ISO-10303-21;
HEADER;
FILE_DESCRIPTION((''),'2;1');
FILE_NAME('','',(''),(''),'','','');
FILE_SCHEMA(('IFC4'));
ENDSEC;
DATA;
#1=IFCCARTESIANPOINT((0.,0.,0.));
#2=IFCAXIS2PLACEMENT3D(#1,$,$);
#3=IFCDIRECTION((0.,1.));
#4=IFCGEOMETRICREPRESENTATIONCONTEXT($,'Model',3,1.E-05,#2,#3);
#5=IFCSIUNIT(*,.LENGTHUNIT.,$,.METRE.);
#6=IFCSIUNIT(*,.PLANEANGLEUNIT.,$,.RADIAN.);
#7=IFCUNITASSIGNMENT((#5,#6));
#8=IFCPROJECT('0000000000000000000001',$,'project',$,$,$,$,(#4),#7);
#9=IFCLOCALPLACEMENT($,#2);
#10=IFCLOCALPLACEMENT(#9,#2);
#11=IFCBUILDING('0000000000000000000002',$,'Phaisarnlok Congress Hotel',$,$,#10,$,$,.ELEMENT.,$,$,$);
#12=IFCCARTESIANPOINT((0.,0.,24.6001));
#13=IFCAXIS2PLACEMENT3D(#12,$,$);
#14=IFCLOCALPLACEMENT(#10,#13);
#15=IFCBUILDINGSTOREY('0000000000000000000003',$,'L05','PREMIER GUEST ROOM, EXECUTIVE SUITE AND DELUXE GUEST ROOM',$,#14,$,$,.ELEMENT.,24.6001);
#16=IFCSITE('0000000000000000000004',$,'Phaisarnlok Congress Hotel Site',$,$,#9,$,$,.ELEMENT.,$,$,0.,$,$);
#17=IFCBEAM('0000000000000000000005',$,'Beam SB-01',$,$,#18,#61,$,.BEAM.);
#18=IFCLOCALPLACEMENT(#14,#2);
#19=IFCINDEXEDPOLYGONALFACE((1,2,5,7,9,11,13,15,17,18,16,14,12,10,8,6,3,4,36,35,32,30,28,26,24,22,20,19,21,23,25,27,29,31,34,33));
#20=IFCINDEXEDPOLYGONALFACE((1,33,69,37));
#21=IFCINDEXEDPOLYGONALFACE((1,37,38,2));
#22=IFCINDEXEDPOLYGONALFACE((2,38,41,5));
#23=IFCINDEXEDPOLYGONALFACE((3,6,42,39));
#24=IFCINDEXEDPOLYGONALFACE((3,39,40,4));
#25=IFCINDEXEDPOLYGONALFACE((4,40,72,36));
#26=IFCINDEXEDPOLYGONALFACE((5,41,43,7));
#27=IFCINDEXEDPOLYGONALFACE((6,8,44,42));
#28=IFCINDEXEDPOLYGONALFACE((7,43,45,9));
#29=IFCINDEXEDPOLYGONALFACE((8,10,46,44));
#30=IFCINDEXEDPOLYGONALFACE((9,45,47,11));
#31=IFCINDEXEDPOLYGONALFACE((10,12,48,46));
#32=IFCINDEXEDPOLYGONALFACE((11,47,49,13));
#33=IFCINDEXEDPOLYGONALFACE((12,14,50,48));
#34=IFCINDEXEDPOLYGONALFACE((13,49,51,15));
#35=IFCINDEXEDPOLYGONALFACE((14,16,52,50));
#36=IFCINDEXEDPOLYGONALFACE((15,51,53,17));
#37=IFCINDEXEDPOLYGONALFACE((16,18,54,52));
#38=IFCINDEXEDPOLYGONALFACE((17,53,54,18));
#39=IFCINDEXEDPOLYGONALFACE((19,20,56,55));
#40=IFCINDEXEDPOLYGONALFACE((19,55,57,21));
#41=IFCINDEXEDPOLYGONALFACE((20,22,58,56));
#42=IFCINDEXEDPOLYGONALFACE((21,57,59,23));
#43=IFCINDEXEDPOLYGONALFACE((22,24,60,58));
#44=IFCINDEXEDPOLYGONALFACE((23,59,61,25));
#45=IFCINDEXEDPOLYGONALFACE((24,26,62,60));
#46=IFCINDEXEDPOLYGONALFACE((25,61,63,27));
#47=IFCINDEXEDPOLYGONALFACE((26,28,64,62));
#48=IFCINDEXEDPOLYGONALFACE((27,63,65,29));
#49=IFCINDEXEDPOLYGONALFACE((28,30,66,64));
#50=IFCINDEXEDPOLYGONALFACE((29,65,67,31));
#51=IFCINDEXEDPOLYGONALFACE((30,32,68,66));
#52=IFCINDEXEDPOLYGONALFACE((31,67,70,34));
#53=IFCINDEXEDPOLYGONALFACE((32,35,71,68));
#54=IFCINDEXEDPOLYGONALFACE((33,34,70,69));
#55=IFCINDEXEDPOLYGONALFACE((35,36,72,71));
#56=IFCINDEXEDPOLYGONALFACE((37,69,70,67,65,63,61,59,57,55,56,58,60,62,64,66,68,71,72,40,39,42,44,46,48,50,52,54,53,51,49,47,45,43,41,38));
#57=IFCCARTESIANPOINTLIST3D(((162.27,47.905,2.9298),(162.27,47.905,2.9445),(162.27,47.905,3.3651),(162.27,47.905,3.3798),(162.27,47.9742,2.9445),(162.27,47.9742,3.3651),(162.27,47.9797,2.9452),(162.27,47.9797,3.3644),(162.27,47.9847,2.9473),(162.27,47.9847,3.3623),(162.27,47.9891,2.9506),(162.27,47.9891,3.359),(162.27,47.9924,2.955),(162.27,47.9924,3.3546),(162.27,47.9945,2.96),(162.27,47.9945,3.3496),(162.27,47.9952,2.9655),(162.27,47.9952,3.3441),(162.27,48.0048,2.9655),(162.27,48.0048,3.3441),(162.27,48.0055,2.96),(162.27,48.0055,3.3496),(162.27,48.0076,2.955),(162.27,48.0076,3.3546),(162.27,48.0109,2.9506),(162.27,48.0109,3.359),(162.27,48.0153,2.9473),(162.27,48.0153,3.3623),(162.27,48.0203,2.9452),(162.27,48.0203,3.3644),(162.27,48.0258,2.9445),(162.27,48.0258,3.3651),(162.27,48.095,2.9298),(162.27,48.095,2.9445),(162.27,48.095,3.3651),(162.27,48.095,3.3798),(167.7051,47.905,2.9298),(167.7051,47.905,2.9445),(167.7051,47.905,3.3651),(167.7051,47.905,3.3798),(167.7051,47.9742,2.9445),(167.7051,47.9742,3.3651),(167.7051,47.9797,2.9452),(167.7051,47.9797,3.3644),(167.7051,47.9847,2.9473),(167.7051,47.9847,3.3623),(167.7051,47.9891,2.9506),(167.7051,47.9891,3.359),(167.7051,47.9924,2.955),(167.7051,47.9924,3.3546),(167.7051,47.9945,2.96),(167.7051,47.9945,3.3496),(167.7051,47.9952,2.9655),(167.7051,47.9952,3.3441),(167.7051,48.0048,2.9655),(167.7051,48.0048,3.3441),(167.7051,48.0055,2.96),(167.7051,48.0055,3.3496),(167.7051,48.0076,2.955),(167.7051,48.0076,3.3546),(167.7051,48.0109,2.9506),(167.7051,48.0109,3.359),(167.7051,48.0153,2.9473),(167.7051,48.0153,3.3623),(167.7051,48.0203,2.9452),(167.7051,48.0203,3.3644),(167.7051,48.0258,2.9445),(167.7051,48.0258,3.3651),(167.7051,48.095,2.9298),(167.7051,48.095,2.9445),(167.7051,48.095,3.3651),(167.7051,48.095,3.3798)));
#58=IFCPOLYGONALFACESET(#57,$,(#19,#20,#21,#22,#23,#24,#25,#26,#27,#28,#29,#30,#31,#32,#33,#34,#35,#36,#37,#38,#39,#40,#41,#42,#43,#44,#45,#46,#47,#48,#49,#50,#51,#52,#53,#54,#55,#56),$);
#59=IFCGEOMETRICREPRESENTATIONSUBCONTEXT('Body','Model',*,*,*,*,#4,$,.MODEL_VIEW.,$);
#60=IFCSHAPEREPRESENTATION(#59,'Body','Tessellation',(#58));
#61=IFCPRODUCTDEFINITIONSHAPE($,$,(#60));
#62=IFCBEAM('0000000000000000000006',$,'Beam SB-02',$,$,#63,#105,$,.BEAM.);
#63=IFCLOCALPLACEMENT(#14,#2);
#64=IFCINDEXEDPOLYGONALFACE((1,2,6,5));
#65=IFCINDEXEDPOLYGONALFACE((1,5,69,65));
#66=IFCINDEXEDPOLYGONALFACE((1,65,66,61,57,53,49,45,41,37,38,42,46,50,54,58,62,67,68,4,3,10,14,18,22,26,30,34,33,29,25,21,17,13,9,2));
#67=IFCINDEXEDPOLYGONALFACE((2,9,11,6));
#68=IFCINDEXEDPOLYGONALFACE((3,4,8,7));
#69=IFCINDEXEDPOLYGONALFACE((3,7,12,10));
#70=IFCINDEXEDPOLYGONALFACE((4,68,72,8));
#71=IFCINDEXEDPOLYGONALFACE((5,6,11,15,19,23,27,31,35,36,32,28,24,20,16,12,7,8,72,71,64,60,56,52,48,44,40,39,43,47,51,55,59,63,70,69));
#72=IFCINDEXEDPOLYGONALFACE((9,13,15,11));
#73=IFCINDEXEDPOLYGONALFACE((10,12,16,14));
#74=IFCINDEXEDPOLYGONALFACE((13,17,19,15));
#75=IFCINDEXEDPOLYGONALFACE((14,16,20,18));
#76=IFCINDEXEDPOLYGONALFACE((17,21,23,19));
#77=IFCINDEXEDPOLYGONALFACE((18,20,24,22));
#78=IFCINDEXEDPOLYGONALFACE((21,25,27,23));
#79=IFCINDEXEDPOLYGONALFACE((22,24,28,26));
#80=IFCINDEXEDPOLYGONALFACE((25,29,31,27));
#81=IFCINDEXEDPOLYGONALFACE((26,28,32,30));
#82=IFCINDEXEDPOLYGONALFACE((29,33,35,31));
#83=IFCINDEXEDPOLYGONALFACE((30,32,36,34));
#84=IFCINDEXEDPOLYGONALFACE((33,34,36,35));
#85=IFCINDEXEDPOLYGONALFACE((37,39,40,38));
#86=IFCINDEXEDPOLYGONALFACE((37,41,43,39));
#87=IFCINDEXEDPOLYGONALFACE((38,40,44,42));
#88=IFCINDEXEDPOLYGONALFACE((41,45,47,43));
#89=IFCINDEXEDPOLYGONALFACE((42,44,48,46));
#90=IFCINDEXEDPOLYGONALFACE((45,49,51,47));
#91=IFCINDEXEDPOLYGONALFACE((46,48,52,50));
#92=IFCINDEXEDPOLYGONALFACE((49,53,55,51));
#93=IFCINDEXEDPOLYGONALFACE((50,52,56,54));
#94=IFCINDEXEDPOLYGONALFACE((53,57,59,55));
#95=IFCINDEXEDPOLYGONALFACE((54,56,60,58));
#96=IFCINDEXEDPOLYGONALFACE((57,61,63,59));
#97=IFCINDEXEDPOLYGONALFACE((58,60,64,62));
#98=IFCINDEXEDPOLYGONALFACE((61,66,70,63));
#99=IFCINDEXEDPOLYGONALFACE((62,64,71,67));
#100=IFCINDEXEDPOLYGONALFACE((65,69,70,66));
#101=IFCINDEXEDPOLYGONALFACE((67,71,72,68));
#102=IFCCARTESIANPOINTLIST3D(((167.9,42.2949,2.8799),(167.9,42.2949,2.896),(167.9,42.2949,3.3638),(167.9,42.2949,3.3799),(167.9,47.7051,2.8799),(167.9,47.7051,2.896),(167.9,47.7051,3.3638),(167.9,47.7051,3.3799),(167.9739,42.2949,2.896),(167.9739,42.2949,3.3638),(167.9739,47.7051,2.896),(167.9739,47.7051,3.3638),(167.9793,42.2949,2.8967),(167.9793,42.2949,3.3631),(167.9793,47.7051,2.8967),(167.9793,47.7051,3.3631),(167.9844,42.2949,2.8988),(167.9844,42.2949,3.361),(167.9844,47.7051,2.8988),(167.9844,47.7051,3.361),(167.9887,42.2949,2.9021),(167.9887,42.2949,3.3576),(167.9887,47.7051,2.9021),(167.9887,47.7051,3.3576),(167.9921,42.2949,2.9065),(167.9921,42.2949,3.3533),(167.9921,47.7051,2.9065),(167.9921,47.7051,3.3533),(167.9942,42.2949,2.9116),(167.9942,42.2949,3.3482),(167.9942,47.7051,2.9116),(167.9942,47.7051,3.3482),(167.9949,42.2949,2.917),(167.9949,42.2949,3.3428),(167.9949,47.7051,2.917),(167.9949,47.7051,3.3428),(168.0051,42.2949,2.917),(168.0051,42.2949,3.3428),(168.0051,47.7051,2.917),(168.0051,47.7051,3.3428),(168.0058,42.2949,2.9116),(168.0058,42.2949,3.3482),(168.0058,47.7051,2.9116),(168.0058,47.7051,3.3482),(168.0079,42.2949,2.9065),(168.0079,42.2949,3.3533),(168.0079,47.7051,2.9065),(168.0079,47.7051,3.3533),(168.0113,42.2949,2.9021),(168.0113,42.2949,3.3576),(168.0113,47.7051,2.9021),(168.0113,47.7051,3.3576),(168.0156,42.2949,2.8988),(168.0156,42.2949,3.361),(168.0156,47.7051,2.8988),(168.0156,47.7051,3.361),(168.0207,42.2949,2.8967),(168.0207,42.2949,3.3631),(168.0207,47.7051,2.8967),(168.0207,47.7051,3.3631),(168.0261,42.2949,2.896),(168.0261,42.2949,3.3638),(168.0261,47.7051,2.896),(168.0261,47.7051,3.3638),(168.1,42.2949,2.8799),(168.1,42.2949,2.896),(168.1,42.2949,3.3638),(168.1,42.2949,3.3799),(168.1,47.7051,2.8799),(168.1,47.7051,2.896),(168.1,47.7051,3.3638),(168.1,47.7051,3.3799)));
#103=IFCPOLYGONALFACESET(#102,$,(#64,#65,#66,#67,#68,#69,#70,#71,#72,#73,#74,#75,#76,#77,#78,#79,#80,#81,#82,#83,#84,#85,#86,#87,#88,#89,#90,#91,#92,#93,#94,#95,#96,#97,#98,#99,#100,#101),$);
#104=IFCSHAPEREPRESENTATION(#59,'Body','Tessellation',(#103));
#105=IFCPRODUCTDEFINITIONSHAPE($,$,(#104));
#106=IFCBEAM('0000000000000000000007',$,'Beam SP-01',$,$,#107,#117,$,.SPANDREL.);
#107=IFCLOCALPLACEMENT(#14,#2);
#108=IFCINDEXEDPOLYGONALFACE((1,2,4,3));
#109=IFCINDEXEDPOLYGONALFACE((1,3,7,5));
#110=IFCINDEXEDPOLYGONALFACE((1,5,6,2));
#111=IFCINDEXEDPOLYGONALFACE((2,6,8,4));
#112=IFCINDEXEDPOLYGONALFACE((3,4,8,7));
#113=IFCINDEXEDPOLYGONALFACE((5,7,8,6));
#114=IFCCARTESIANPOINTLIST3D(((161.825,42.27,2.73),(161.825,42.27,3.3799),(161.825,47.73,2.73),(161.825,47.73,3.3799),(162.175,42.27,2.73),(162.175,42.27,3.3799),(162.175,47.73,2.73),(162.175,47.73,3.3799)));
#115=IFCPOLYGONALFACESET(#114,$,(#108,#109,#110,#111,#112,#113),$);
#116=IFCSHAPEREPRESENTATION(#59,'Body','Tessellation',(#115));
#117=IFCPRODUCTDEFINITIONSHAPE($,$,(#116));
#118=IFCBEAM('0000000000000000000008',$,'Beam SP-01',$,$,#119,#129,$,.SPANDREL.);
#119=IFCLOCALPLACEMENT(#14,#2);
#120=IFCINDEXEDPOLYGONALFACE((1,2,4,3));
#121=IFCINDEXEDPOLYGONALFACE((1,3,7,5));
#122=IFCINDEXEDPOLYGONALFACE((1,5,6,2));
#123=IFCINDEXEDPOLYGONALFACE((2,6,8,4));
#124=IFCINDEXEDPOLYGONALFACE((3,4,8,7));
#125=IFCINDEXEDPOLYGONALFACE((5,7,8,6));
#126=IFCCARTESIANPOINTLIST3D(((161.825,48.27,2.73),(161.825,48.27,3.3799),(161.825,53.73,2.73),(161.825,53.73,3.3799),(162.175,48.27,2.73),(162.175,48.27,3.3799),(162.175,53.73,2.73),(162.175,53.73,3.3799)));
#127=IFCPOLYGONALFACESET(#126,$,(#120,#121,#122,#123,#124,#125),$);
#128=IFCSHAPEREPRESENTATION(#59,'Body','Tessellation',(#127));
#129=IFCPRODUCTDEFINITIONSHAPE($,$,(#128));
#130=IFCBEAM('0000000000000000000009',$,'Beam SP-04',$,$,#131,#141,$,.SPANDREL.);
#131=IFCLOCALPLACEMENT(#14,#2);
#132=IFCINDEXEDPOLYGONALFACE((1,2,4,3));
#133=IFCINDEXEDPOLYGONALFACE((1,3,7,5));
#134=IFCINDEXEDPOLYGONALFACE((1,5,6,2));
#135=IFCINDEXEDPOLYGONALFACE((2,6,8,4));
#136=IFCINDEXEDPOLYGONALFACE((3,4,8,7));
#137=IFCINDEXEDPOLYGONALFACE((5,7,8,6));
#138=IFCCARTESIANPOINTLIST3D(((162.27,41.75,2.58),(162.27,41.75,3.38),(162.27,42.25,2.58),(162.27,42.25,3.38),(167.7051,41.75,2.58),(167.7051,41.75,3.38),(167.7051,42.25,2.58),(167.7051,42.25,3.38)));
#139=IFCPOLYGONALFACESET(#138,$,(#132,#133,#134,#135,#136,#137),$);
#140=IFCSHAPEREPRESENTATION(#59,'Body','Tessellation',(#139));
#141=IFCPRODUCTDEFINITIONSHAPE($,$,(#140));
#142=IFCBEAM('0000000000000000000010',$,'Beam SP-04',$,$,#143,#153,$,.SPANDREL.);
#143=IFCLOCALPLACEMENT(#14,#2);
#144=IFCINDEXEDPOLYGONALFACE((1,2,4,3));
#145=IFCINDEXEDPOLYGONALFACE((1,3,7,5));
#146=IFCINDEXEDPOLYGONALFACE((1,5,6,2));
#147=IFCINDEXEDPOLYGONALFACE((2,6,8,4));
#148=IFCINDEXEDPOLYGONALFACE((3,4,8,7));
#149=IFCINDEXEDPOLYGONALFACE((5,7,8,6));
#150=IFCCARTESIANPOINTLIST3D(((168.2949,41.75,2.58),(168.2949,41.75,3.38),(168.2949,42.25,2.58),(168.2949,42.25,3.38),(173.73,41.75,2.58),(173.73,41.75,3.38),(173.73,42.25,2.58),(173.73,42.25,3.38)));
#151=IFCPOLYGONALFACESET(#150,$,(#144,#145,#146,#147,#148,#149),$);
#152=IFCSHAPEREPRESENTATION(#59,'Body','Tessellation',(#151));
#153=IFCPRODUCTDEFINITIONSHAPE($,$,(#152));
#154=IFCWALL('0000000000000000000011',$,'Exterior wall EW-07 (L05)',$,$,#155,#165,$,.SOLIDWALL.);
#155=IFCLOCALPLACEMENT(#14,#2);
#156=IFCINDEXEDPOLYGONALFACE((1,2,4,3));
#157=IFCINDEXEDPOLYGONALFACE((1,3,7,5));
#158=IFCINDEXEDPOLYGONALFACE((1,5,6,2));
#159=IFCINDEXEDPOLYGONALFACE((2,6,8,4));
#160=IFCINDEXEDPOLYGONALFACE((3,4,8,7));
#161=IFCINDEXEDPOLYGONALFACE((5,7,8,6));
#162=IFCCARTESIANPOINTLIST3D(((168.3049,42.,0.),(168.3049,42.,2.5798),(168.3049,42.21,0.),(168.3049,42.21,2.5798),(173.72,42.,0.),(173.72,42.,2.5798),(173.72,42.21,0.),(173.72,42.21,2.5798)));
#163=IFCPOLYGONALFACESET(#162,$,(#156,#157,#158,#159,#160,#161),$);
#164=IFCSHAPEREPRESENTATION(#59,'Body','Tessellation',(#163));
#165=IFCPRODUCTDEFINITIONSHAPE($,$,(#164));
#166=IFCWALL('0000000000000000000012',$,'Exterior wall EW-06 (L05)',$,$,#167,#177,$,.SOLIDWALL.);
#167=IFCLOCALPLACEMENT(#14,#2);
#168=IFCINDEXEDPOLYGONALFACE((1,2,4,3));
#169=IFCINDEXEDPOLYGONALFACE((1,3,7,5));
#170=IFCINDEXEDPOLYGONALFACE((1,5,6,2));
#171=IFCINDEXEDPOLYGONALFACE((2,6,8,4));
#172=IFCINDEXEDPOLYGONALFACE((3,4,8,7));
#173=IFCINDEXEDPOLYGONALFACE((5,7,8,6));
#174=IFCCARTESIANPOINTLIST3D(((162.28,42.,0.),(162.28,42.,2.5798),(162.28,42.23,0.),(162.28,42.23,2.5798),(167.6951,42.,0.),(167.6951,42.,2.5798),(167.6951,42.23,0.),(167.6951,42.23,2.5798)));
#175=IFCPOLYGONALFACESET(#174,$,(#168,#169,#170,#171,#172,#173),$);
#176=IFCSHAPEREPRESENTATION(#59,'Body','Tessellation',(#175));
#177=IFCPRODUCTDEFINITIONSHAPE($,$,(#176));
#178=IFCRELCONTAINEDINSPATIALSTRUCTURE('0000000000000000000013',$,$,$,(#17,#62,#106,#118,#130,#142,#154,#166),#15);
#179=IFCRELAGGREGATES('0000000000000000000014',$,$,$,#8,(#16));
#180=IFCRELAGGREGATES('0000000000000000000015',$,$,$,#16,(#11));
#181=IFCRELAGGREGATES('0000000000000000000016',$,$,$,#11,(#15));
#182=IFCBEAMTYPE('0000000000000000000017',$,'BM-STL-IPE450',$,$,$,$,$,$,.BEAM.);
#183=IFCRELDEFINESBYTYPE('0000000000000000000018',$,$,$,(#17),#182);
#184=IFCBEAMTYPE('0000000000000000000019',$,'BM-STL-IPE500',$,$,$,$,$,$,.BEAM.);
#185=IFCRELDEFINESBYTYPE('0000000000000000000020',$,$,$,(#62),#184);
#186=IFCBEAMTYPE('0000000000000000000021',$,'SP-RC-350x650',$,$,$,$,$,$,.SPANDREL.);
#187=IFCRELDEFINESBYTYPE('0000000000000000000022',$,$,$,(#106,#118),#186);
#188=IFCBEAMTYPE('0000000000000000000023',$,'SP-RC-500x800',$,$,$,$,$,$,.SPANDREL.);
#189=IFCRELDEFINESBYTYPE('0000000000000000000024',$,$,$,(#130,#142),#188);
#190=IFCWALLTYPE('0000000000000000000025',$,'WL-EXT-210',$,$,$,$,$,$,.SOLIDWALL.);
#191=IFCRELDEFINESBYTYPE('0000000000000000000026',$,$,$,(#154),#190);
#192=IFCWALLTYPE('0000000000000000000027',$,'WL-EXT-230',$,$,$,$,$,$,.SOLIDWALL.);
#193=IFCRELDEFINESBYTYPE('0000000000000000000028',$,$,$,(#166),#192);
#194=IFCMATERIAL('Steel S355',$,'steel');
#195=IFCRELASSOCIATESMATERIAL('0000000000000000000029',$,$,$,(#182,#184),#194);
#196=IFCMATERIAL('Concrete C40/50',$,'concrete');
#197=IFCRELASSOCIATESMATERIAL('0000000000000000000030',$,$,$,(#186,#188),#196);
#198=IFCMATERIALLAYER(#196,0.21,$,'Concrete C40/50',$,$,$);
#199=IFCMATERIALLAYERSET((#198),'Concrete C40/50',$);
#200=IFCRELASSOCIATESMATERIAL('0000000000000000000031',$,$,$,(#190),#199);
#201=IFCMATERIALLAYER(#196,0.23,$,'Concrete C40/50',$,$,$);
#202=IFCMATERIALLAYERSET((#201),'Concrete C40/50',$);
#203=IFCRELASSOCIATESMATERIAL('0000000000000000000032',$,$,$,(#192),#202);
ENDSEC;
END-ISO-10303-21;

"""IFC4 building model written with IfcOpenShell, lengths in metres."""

from ifc_helpers import new_model, si_unit, direction, frame, frame_2d, origin, origin_2d, place, context, subcontext, project, spatial, rectangle, i_section, extrude, material, layer, layer_set, material_profile, profile_set, type_object, element, save


model = new_model("IFC4")

# Units and contexts
model_context = context("Model", 3, precision=1e-05, world=origin(), true_north=direction((0.0, 1.0)))
body_context = subcontext(model_context, "Body", "Model", "MODEL_VIEW")
ifc_project = project(units=[si_unit("LENGTHUNIT", "METRE"), si_unit("PLANEANGLEUNIT", "RADIAN")], contexts=[model_context])

# Site, building, storey
site_placement = place(None, origin())
site = spatial("IfcSite", under=ifc_project, at=site_placement, Name="Phaisarnlok Congress Hotel Site", CompositionType="ELEMENT", RefElevation=0.0)
building_placement = place(site_placement, origin())
building = spatial("IfcBuilding", under=site, at=building_placement, Name="Phaisarnlok Congress Hotel", CompositionType="ELEMENT")
storey_placement = place(building_placement, frame((0.0, 0.0, 24.6001)))
storey = spatial("IfcBuildingStorey", under=building, at=storey_placement, Name="L05", Description="PREMIER GUEST ROOM, EXECUTIVE SUITE AND DELUXE GUEST ROOM", CompositionType="ELEMENT", Elevation=24.6001)

# Beams
ifc_material_1 = material(Name="Steel S355", Category="steel")
ifc_material_profile_1 = material_profile(ifc_material_1, i_section(OverallWidth=0.1899, OverallDepth=0.45, WebThickness=0.0095, FlangeThickness=0.0146, FilletRadius=0.021, at=origin_2d()), Name="IPE 450")
ifc_profile_set_1 = profile_set([ifc_material_profile_1], Name="Steel S355")
beam_type_1 = type_object("IfcBeamType", Name="BM-STL-IPE450", PredefinedType="BEAM", material=ifc_profile_set_1)
beam_1_placement = place(storey_placement, frame((162.27, 48.0, 3.1548), z_axis=(1.0, 0.0, 0.0), x_axis=(0.0, 1.0, 0.0)))
element("IfcBeam", 1, at=beam_1_placement, inside=storey, type_object=beam_type_1, Name="Beam SB-01", PredefinedType="BEAM", context=body_context, shape_type="SweptSolid", body=[
    extrude(i_section(OverallWidth=0.1899, OverallDepth=0.45, WebThickness=0.0095, FlangeThickness=0.0146, FilletRadius=0.021, at=origin_2d()), origin(), (0.0, 0.0, 1.0), 5.4351),
])
ifc_material_profile_2 = material_profile(ifc_material_1, i_section(OverallWidth=0.2, OverallDepth=0.5, WebThickness=0.0103, FlangeThickness=0.0161, FilletRadius=0.021, at=origin_2d()), Name="IPE 500")
ifc_profile_set_2 = profile_set([ifc_material_profile_2], Name="Steel S355")
beam_type_2 = type_object("IfcBeamType", Name="BM-STL-IPE500", PredefinedType="BEAM", material=ifc_profile_set_2)
beam_2_placement = place(storey_placement, frame((168.0, 42.2949, 3.1299), z_axis=(0.0, 1.0, 0.0), x_axis=(-1.0, 0.0, 0.0)))
element("IfcBeam", 2, at=beam_2_placement, inside=storey, type_object=beam_type_2, Name="Beam SB-02", PredefinedType="BEAM", context=body_context, shape_type="SweptSolid", body=[
    extrude(i_section(OverallWidth=0.2, OverallDepth=0.5, WebThickness=0.0103, FlangeThickness=0.0161, FilletRadius=0.021, at=origin_2d()), origin(), (0.0, 0.0, 1.0), 5.4102),
])
ifc_material_2 = material(Name="Concrete C40/50", Category="concrete")
ifc_material_profile_3 = material_profile(ifc_material_2, rectangle(XDim=0.3501, YDim=0.6499, at=origin_2d()), Name="RC 350x650")
ifc_profile_set_3 = profile_set([ifc_material_profile_3], Name="Concrete C40/50")
beam_type_3 = type_object("IfcBeamType", Name="SP-RC-350x650", PredefinedType="SPANDREL", material=ifc_profile_set_3)
for number, where, z_axis, x_axis, name in (
    (3, (162.0, 42.27, 3.0549), (0.0, 1.0, 0.0), (-1.0, 0.0, 0.0), "Beam SP-01"),
    (4, (162.0, 48.27, 3.0549), (0.0, 1.0, 0.0), (-1.0, 0.0, 0.0), "Beam SP-01"),
):
    element("IfcBeam", number, at=place(storey_placement, frame(where, z_axis=z_axis, x_axis=x_axis)), inside=storey, type_object=beam_type_3, Name=name, PredefinedType="SPANDREL", context=body_context, shape_type="SweptSolid", body=[
        extrude(rectangle(XDim=0.3501, YDim=0.6499, at=origin_2d()), origin(), (0.0, 0.0, 1.0), 5.46),
    ])
ifc_material_profile_4 = material_profile(ifc_material_2, rectangle(XDim=0.5, YDim=0.8, at=origin_2d()), Name="RC 500x800")
ifc_profile_set_4 = profile_set([ifc_material_profile_4], Name="Concrete C40/50")
beam_type_4 = type_object("IfcBeamType", Name="SP-RC-500x800", PredefinedType="SPANDREL", material=ifc_profile_set_4)
for number, where, z_axis, x_axis, name in (
    (5, (162.27, 42.0, 2.98), (1.0, 0.0, 0.0), (0.0, 1.0, 0.0), "Beam SP-04"),
    (6, (168.2949, 42.0, 2.98), (1.0, 0.0, 0.0), (0.0, 1.0, 0.0), "Beam SP-04"),
):
    element("IfcBeam", number, at=place(storey_placement, frame(where, z_axis=z_axis, x_axis=x_axis)), inside=storey, type_object=beam_type_4, Name=name, PredefinedType="SPANDREL", context=body_context, shape_type="SweptSolid", body=[
        extrude(rectangle(XDim=0.5, YDim=0.8, at=origin_2d()), origin(), (0.0, 0.0, 1.0), 5.4351),
    ])

# Walls
ifc_layer_1 = layer(ifc_material_2, 0.21, Name="Concrete C40/50")
ifc_layer_set_1 = layer_set([ifc_layer_1], Name="Concrete C40/50")
wall_type_1 = type_object("IfcWallType", Name="WL-EXT-210", PredefinedType="SOLIDWALL", material=ifc_layer_set_1)
wall_1_placement = place(storey_placement, frame((168.3049, 42.105, 0.0), z_axis=(0.0, 0.0, 1.0), x_axis=(1.0, 0.0, 0.0)))
element("IfcWall", 7, at=wall_1_placement, inside=storey, type_object=wall_type_1, Name="Exterior wall EW-07 (L05)", PredefinedType="SOLIDWALL", context=body_context, shape_type="SweptSolid", body=[
    extrude(rectangle(XDim=5.415, YDim=0.21, at=frame_2d((2.7075, 0.0))), origin(), (0.0, 0.0, 1.0), 2.5798),
])
ifc_layer_2 = layer(ifc_material_2, 0.23, Name="Concrete C40/50")
ifc_layer_set_2 = layer_set([ifc_layer_2], Name="Concrete C40/50")
wall_type_2 = type_object("IfcWallType", Name="WL-EXT-230", PredefinedType="SOLIDWALL", material=ifc_layer_set_2)
wall_2_placement = place(storey_placement, frame((162.28, 42.115, 0.0), z_axis=(0.0, 0.0, 1.0), x_axis=(1.0, 0.0, 0.0)))
element("IfcWall", 8, at=wall_2_placement, inside=storey, type_object=wall_type_2, Name="Exterior wall EW-06 (L05)", PredefinedType="SOLIDWALL", context=body_context, shape_type="SweptSolid", body=[
    extrude(rectangle(XDim=5.415, YDim=0.23, at=frame_2d((2.7075, 0.0))), origin(), (0.0, 0.0, 1.0), 2.5798),
])

save(model, "model.ifc")
